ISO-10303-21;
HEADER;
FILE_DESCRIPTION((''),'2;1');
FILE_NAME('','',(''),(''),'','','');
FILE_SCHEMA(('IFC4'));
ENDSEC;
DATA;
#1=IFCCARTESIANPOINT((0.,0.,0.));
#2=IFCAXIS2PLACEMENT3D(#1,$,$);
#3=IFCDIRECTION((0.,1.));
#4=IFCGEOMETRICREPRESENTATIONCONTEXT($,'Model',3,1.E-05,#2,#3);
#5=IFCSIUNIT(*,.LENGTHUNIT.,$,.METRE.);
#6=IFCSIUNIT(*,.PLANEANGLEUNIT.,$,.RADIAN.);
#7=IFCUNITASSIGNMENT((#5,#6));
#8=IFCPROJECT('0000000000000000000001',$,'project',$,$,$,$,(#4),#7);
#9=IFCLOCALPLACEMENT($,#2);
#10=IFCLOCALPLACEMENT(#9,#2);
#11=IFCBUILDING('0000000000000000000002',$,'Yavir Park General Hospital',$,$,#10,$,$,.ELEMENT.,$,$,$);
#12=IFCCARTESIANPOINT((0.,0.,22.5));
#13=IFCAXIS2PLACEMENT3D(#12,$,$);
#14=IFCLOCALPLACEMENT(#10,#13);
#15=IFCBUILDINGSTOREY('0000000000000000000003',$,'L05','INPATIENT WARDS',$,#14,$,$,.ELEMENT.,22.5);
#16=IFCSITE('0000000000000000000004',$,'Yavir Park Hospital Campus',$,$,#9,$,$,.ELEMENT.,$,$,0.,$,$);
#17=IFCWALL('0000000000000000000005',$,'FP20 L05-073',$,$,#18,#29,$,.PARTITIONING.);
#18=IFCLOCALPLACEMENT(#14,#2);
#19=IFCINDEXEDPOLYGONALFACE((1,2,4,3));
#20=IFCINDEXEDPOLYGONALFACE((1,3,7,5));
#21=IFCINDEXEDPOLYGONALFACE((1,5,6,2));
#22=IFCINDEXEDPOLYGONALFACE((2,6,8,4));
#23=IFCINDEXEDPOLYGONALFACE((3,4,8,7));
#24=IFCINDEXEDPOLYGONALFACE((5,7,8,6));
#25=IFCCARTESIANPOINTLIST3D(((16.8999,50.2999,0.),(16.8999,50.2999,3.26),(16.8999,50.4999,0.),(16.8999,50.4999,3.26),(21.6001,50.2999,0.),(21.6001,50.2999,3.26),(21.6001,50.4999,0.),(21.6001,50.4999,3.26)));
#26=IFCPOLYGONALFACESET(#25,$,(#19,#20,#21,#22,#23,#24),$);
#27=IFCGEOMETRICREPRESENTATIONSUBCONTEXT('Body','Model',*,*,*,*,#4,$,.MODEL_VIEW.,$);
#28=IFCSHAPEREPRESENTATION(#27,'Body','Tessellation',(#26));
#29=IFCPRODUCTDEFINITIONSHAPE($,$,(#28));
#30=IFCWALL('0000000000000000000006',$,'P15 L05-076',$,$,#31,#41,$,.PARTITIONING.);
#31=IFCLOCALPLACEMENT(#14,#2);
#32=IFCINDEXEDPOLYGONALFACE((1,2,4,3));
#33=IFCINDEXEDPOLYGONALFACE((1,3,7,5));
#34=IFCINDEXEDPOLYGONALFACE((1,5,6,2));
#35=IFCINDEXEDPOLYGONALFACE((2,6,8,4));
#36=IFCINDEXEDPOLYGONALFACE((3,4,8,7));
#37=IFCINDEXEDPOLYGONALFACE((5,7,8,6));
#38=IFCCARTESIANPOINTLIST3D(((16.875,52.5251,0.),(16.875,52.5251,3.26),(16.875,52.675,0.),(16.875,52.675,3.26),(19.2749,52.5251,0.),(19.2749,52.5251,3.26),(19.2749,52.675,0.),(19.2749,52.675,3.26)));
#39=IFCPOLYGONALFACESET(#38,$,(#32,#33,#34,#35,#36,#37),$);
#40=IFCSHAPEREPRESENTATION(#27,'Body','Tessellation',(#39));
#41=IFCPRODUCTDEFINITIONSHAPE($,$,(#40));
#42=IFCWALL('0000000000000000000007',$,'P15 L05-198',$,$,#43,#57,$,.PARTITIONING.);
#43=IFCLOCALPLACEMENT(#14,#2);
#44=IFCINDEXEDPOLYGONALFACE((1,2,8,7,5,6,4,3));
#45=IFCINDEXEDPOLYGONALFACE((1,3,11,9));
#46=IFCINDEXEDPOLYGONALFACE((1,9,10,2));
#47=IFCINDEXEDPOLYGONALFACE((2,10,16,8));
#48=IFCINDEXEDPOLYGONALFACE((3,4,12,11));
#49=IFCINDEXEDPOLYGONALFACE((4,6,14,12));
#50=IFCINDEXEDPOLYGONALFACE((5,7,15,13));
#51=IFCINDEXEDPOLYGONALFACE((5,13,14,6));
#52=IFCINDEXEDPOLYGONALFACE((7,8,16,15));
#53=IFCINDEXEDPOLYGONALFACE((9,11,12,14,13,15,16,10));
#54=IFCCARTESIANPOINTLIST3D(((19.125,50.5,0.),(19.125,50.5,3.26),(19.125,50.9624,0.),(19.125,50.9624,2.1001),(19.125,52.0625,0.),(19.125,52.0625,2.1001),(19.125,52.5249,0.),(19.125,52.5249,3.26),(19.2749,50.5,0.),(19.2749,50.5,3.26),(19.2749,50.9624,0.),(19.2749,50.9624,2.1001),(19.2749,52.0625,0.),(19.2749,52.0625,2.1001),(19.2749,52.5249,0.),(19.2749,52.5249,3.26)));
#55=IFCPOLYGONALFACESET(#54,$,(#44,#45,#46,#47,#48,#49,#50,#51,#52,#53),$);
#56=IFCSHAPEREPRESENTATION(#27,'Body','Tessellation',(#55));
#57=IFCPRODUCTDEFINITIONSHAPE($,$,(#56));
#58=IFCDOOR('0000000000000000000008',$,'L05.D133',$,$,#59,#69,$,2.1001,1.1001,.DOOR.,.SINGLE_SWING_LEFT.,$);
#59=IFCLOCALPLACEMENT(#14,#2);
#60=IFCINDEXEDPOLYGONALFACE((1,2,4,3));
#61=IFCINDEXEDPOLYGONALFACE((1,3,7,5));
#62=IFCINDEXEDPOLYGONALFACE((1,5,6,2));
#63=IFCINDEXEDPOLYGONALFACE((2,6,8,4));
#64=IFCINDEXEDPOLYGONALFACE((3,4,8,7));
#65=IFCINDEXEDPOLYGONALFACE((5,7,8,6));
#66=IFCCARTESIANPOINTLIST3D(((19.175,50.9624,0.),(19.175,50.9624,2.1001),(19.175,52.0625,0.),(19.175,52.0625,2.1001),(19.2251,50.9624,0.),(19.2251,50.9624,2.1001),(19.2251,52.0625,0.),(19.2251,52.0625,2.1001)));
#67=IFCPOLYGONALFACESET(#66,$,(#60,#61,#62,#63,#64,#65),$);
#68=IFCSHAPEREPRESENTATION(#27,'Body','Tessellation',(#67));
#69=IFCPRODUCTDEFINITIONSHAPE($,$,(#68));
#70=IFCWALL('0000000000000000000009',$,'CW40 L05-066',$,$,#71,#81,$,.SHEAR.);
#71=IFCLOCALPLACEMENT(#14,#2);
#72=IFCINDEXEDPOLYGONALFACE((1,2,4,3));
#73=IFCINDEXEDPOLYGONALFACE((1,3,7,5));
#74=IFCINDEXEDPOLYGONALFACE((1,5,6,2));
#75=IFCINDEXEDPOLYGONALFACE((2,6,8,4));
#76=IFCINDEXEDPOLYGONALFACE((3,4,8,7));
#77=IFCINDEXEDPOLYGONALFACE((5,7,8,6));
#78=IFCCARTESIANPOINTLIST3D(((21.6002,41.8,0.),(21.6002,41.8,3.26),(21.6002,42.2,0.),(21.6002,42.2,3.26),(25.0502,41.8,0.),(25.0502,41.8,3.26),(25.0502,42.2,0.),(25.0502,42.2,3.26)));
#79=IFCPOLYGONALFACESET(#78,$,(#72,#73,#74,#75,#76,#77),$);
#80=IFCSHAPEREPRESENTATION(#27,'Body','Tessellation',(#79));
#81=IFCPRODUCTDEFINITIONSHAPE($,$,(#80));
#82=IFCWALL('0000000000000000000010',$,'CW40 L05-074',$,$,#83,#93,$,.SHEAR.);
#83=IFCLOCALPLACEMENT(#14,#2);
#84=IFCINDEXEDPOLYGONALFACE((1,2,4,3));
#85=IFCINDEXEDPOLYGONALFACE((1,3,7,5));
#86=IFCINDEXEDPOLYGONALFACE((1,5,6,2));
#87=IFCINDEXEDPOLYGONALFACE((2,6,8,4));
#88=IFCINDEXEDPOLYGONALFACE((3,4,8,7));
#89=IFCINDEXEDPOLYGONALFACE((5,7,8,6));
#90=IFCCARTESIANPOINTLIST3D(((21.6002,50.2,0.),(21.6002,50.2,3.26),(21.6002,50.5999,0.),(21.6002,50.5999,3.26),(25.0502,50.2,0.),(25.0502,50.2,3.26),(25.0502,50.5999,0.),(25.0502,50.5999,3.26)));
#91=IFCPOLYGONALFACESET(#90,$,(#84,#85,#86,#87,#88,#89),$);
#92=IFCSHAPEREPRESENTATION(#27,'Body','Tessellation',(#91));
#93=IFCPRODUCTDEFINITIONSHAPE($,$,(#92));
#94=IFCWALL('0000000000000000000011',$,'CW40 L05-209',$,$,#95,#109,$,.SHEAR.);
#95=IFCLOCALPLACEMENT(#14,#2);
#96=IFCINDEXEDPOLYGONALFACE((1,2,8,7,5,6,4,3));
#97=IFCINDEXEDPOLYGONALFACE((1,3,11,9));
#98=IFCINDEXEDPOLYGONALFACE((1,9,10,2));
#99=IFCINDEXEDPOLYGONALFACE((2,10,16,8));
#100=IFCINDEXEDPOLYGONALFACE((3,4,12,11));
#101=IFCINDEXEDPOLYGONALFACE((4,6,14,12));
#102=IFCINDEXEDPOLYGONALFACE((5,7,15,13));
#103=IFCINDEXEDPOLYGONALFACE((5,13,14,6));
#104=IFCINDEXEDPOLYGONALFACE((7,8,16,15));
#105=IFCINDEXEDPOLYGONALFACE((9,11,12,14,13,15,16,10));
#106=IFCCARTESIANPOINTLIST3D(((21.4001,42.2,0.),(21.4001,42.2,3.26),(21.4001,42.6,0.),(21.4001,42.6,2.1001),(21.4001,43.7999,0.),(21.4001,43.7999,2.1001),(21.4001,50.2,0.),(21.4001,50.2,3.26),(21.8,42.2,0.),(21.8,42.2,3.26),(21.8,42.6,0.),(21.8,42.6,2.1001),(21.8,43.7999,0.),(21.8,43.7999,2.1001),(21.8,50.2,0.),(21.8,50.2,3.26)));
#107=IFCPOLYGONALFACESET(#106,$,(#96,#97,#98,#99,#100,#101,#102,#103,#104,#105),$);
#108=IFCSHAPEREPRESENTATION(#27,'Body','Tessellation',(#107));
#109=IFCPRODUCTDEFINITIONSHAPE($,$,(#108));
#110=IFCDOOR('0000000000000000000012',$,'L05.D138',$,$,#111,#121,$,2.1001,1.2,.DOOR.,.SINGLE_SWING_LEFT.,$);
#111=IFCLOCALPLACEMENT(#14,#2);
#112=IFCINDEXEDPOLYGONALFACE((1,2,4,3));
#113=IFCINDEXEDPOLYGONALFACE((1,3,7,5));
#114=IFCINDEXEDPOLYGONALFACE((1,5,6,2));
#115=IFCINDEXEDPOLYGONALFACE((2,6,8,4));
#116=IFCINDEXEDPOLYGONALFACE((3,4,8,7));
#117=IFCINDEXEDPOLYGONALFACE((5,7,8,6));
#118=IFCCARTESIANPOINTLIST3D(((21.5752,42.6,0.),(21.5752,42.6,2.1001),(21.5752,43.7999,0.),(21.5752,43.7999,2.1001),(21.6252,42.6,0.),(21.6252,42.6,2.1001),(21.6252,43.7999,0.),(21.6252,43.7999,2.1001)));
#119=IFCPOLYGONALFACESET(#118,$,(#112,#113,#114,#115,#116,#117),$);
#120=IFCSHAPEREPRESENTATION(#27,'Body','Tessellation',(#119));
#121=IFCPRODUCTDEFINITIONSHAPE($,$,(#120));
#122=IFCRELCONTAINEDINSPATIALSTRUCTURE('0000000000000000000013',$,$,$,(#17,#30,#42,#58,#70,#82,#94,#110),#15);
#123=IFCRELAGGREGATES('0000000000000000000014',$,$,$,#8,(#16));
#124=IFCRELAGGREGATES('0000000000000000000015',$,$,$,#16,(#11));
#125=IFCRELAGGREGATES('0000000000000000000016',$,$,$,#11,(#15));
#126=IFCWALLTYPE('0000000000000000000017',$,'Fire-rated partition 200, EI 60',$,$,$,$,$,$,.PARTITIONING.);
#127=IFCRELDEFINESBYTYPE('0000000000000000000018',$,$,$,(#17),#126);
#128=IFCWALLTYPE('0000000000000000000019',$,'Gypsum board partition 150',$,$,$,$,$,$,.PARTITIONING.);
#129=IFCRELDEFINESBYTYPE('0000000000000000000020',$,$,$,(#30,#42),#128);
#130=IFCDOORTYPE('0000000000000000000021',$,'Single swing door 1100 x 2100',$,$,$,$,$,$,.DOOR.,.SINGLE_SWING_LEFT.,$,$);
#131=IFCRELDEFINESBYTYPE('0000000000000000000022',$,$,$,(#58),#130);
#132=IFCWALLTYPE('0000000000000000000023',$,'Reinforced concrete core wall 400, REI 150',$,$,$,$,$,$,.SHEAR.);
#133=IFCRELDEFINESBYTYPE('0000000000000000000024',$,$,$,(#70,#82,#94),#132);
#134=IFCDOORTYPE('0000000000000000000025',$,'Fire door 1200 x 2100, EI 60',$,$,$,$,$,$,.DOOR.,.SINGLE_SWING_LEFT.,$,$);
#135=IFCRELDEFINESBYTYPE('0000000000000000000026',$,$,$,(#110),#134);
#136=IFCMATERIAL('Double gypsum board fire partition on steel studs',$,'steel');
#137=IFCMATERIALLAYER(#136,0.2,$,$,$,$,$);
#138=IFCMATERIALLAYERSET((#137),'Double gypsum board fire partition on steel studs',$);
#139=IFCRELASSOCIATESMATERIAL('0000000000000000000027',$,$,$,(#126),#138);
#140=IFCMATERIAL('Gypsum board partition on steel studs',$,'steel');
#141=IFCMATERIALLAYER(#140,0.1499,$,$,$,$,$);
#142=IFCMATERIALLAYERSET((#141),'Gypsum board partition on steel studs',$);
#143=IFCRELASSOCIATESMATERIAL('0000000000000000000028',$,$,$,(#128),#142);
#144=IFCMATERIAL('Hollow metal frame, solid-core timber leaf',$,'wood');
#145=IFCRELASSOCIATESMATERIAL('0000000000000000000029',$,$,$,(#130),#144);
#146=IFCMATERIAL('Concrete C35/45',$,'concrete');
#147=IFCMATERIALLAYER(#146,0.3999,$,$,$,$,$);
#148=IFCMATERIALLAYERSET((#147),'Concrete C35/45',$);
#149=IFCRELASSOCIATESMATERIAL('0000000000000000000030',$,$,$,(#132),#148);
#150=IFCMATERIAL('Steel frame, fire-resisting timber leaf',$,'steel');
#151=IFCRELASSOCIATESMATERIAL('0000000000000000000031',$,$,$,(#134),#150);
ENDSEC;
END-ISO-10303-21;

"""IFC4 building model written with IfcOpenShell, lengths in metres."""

from ifc_helpers import new_model, si_unit, direction, frame, frame_2d, origin, place, context, subcontext, project, spatial, rectangle, extrude, material, layer, layer_set, type_object, element, fill, save


model = new_model("IFC4")

# Units and contexts
model_context = context("Model", 3, precision=1e-05, world=origin(), true_north=direction((0.0, 1.0)))
body_context = subcontext(model_context, "Body", "Model", "MODEL_VIEW")
ifc_project = project(units=[si_unit("LENGTHUNIT", "METRE"), si_unit("PLANEANGLEUNIT", "RADIAN")], contexts=[model_context])

# Site, building, storey
site_placement = place(None, origin())
site = spatial("IfcSite", under=ifc_project, at=site_placement, Name="Yavir Park Hospital Campus", CompositionType="ELEMENT", RefElevation=0.0)
building_placement = place(site_placement, origin())
building = spatial("IfcBuilding", under=site, at=building_placement, Name="Yavir Park General Hospital", CompositionType="ELEMENT")
storey_placement = place(building_placement, frame((0.0, 0.0, 22.5)))
storey = spatial("IfcBuildingStorey", under=building, at=storey_placement, Name="L05", Description="INPATIENT WARDS", CompositionType="ELEMENT", Elevation=22.5)

# Wall
ifc_material_1 = material(Name="Double gypsum board fire partition on steel studs", Category="steel")
ifc_layer_1 = layer(ifc_material_1, 0.2)
ifc_layer_set_1 = layer_set([ifc_layer_1], Name="Double gypsum board fire partition on steel studs")
wall_type_1 = type_object("IfcWallType", Name="Fire-rated partition 200, EI 60", PredefinedType="PARTITIONING", material=ifc_layer_set_1)
wall_1_placement = place(storey_placement, frame((16.8999, 50.3999, 0.0), z_axis=(0.0, 0.0, 1.0), x_axis=(1.0, 0.0, 0.0)))
element("IfcWall", 1, at=wall_1_placement, inside=storey, type_object=wall_type_1, Name="FP20 L05-073", PredefinedType="PARTITIONING", context=body_context, shape_type="SweptSolid", body=[
    extrude(rectangle(XDim=4.7002, YDim=0.2, at=frame_2d((2.3501, 0.0))), origin(), (0.0, 0.0, 1.0), 3.26),
])

# Wall
ifc_material_2 = material(Name="Gypsum board partition on steel studs", Category="steel")
ifc_layer_2 = layer(ifc_material_2, 0.1499)
ifc_layer_set_2 = layer_set([ifc_layer_2], Name="Gypsum board partition on steel studs")
wall_type_2 = type_object("IfcWallType", Name="Gypsum board partition 150", PredefinedType="PARTITIONING", material=ifc_layer_set_2)
wall_2_placement = place(storey_placement, frame((16.875, 52.6001, 0.0), z_axis=(0.0, 0.0, 1.0), x_axis=(1.0, 0.0, 0.0)))
element("IfcWall", 2, at=wall_2_placement, inside=storey, type_object=wall_type_2, Name="P15 L05-076", PredefinedType="PARTITIONING", context=body_context, shape_type="SweptSolid", body=[
    extrude(rectangle(XDim=2.3999, YDim=0.1499, at=frame_2d((1.2, 0.0))), origin(), (0.0, 0.0, 1.0), 3.26),
])

# Wall, opening, door
wall_3_placement = place(storey_placement, frame((19.2, 50.5, 0.0), z_axis=(0.0, 0.0, 1.0), x_axis=(0.0, 1.0, 0.0)))
wall_3 = element("IfcWall", 3, at=wall_3_placement, inside=storey, type_object=wall_type_2, Name="P15 L05-198", PredefinedType="PARTITIONING", context=body_context, shape_type="SweptSolid", body=[
    extrude(rectangle(XDim=2.0249, YDim=0.1499, at=frame_2d((1.0125, 0.0))), origin(), (0.0, 0.0, 1.0), 3.26),
])
opening_1_placement = place(wall_3_placement, frame((0.4624, 0.0, 0.0)))
opening_1 = element("IfcOpeningElement", 4, at=opening_1_placement, cuts=wall_3, PredefinedType="OPENING", context=body_context, shape_type="SweptSolid", body=[
    extrude(rectangle(XDim=1.1001, YDim=2.1001, at=frame_2d((0.55, 1.05))), frame((0.0, 0.085, 0.0), z_axis=(0.0, -1.0, 0.0), x_axis=(1.0, 0.0, 0.0)), (0.0, 0.0, 1.0), 0.1699),
])
ifc_material_3 = material(Name="Hollow metal frame, solid-core timber leaf", Category="wood")
door_type_1 = type_object("IfcDoorType", Name="Single swing door 1100 x 2100", OperationType="SINGLE_SWING_LEFT", PredefinedType="DOOR", material=ifc_material_3)
door_1_placement = place(opening_1_placement, origin())
door_1 = element("IfcDoor", 5, at=door_1_placement, inside=storey, type_object=door_type_1, Name="L05.D133", OperationType="SINGLE_SWING_LEFT", OverallHeight=2.1001, OverallWidth=1.1001, PredefinedType="DOOR", context=body_context, shape_type="SweptSolid", body=[
    extrude(rectangle(XDim=1.1001, YDim=2.1001, at=frame_2d((0.55, 1.05))), frame((0.0, 0.0249, 0.0), z_axis=(0.0, -1.0, 0.0), x_axis=(1.0, 0.0, 0.0)), (0.0, 0.0, 1.0), 0.05),
])
fill(opening_1, door_1)

# Walls
ifc_material_4 = material(Name="Concrete C35/45", Category="concrete")
ifc_layer_3 = layer(ifc_material_4, 0.3999)
ifc_layer_set_3 = layer_set([ifc_layer_3], Name="Concrete C35/45")
wall_type_3 = type_object("IfcWallType", Name="Reinforced concrete core wall 400, REI 150", PredefinedType="SHEAR", material=ifc_layer_set_3)
for number, where, z_axis, x_axis, name in (
    (6, (21.6001, 42.0, 0.0), (0.0, 0.0, 1.0), (1.0, 0.0, 0.0), "CW40 L05-066"),
    (7, (21.6001, 50.3999, 0.0), (0.0, 0.0, 1.0), (1.0, 0.0, 0.0), "CW40 L05-074"),
):
    element("IfcWall", number, at=place(storey_placement, frame(where, z_axis=z_axis, x_axis=x_axis)), inside=storey, type_object=wall_type_3, Name=name, PredefinedType="SHEAR", context=body_context, shape_type="SweptSolid", body=[
        extrude(rectangle(XDim=3.45, YDim=0.3999, at=frame_2d((1.7251, 0.0))), origin(), (0.0, 0.0, 1.0), 3.26),
    ])

# Wall, opening, door
wall_4_placement = place(storey_placement, frame((21.6001, 42.2, 0.0), z_axis=(0.0, 0.0, 1.0), x_axis=(0.0, 1.0, 0.0)))
wall_4 = element("IfcWall", 8, at=wall_4_placement, inside=storey, type_object=wall_type_3, Name="CW40 L05-209", PredefinedType="SHEAR", context=body_context, shape_type="SweptSolid", body=[
    extrude(rectangle(XDim=8.0, YDim=0.3999, at=frame_2d((4.0, 0.0))), origin(), (0.0, 0.0, 1.0), 3.26),
])
opening_2_placement = place(wall_4_placement, frame((0.3999, 0.0, 0.0)))
opening_2 = element("IfcOpeningElement", 9, at=opening_2_placement, cuts=wall_4, PredefinedType="OPENING", context=body_context, shape_type="SweptSolid", body=[
    extrude(rectangle(XDim=1.2, YDim=2.1001, at=frame_2d((0.6001, 1.05))), frame((0.0, 0.21, 0.0), z_axis=(0.0, -1.0, 0.0), x_axis=(1.0, 0.0, 0.0)), (0.0, 0.0, 1.0), 0.4199),
])
ifc_material_5 = material(Name="Steel frame, fire-resisting timber leaf", Category="steel")
door_type_2 = type_object("IfcDoorType", Name="Fire door 1200 x 2100, EI 60", OperationType="SINGLE_SWING_LEFT", PredefinedType="DOOR", material=ifc_material_5)
door_2_placement = place(opening_2_placement, origin())
door_2 = element("IfcDoor", 10, at=door_2_placement, inside=storey, type_object=door_type_2, Name="L05.D138", OperationType="SINGLE_SWING_LEFT", OverallHeight=2.1001, OverallWidth=1.2, PredefinedType="DOOR", context=body_context, shape_type="SweptSolid", body=[
    extrude(rectangle(XDim=1.2, YDim=2.1001, at=frame_2d((0.6001, 1.05))), frame((0.0, 0.0249, 0.0), z_axis=(0.0, -1.0, 0.0), x_axis=(1.0, 0.0, 0.0)), (0.0, 0.0, 1.0), 0.05),
])
fill(opening_2, door_2)

save(model, "model.ifc")
